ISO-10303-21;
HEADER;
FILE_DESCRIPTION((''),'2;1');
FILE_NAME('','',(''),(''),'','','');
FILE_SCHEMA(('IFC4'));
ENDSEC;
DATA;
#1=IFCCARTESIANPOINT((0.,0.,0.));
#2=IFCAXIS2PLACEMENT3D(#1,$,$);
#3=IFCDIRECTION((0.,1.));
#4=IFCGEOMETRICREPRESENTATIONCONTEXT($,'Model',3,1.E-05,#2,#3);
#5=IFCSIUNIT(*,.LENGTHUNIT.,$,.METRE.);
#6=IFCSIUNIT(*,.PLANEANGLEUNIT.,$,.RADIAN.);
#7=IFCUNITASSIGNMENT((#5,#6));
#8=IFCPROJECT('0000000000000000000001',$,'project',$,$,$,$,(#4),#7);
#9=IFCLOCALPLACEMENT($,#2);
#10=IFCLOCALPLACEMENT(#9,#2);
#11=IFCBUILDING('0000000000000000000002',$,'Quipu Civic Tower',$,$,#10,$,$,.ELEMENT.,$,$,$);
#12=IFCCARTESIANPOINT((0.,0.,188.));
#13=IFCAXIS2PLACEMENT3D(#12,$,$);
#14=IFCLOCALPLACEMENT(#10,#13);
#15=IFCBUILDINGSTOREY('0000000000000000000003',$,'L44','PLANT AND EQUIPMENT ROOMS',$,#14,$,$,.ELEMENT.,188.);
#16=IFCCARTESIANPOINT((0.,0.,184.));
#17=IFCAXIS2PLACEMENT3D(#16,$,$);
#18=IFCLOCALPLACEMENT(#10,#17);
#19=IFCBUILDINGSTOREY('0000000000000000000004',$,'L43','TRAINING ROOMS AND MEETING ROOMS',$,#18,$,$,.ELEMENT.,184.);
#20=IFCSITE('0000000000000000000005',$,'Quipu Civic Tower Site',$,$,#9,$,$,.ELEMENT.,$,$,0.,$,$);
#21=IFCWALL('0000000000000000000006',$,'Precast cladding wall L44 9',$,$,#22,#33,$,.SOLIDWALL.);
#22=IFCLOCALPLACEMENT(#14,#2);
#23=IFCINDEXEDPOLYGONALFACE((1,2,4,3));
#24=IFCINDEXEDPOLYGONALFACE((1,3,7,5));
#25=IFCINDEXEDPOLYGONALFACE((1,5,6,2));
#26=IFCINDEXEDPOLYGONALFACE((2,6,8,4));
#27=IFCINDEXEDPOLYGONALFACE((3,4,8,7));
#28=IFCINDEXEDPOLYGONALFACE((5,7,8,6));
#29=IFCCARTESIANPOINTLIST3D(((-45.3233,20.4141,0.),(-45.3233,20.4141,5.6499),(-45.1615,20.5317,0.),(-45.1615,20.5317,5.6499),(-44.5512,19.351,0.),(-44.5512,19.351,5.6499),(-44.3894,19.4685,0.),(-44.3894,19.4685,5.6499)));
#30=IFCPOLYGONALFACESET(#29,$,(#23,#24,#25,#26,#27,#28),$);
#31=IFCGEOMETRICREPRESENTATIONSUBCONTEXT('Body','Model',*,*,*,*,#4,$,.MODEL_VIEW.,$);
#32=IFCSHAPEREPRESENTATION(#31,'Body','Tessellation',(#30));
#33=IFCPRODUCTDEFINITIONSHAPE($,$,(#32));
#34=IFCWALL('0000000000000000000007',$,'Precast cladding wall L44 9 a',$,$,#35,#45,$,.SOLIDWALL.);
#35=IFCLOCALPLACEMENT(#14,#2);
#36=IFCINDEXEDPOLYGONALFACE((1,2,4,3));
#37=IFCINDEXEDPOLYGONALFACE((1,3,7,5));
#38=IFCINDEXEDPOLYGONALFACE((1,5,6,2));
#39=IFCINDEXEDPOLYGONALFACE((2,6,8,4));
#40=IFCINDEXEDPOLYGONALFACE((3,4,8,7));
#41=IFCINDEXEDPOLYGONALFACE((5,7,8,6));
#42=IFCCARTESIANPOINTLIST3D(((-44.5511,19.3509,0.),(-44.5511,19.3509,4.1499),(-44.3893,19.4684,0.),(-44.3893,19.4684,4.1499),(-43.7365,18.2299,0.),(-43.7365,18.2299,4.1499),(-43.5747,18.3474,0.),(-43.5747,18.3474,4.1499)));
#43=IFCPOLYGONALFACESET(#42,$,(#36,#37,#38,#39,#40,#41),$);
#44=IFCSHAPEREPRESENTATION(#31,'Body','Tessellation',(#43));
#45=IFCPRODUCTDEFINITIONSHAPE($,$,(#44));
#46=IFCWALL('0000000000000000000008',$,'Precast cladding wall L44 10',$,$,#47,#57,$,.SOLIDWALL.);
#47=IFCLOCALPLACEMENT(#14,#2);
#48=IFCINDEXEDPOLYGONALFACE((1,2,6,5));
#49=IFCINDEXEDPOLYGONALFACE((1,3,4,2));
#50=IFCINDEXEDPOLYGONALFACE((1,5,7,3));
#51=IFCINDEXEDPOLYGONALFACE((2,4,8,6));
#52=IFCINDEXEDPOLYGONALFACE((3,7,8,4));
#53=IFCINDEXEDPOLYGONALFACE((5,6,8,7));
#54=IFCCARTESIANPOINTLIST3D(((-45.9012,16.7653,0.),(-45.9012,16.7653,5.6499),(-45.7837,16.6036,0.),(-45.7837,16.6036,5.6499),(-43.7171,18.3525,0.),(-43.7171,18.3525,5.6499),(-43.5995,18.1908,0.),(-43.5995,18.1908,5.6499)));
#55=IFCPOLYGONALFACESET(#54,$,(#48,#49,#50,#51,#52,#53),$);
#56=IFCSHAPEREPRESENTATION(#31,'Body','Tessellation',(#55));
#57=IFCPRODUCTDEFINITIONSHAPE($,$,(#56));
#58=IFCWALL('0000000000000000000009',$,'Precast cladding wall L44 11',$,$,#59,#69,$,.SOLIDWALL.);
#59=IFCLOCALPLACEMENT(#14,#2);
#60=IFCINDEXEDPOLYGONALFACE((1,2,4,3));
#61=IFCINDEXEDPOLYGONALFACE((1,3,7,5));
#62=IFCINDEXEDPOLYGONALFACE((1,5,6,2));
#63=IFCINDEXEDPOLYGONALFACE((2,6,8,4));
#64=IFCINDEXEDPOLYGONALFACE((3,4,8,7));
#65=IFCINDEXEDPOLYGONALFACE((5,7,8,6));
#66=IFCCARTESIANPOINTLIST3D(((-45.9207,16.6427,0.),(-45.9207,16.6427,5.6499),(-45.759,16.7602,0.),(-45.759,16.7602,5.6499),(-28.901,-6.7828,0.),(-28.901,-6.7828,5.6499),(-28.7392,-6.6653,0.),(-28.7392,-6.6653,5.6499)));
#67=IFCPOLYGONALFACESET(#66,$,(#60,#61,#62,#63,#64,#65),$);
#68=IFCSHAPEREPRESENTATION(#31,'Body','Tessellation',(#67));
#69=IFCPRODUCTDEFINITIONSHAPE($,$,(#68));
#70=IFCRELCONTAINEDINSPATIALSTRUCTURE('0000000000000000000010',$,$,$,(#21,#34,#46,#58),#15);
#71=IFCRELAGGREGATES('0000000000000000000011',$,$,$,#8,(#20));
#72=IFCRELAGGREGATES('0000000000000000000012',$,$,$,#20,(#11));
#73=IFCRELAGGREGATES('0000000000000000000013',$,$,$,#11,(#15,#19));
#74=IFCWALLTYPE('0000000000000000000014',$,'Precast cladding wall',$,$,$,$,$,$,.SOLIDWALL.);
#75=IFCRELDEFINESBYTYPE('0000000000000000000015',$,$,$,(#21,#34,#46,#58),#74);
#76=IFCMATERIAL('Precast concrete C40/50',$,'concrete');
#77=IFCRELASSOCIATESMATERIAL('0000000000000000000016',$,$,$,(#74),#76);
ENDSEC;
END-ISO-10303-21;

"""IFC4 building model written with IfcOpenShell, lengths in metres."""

from ifc_helpers import new_model, si_unit, direction, frame, frame_2d, origin, place, context, subcontext, project, spatial, rectangle, extrude, material, type_object, element, save


model = new_model("IFC4")

# Units and contexts
model_context = context("Model", 3, precision=1e-05, world=origin(), true_north=direction((0.0, 1.0)))
body_context = subcontext(model_context, "Body", "Model", "MODEL_VIEW")
ifc_project = project(units=[si_unit("LENGTHUNIT", "METRE"), si_unit("PLANEANGLEUNIT", "RADIAN")], contexts=[model_context])

# Site, building, storey
site_placement = place(None, origin())
site = spatial("IfcSite", under=ifc_project, at=site_placement, Name="Quipu Civic Tower Site", CompositionType="ELEMENT", RefElevation=0.0)
building_placement = place(site_placement, origin())
building = spatial("IfcBuilding", under=site, at=building_placement, Name="Quipu Civic Tower", CompositionType="ELEMENT")
storey_1_placement = place(building_placement, frame((0.0, 0.0, 188.0)))
storey_1 = spatial("IfcBuildingStorey", under=building, at=storey_1_placement, Name="L44", Description="PLANT AND EQUIPMENT ROOMS", CompositionType="ELEMENT", Elevation=188.0)

# Shared definitions
storey_2_placement = place(building_placement, frame((0.0, 0.0, 184.0)))
storey_2 = spatial("IfcBuildingStorey", under=building, at=storey_2_placement, Name="L43", Description="TRAINING ROOMS AND MEETING ROOMS", CompositionType="ELEMENT", Elevation=184.0)

# Walls
ifc_material_1 = material(Name="Precast concrete C40/50", Category="concrete")
wall_type_1 = type_object("IfcWallType", Name="Precast cladding wall", PredefinedType="SOLIDWALL", material=ifc_material_1)
wall_1_placement = place(storey_1_placement, frame((-45.2424, 20.4729, 0.0), z_axis=(0.0, 0.0, 1.0), x_axis=(0.587652, -0.809114, 0.0)))
element("IfcWall", 1, at=wall_1_placement, inside=storey_1, type_object=wall_type_1, Name="Precast cladding wall L44 9", PredefinedType="SOLIDWALL", context=body_context, shape_type="SweptSolid", body=[
    extrude(rectangle(XDim=1.314, YDim=0.2, at=frame_2d((0.657, 0.0))), origin(), (0.0, 0.0, 1.0), 5.6499),
])
wall_2_placement = place(storey_1_placement, frame((-44.4702, 19.4097, 0.0), z_axis=(0.0, 0.0, 1.0), x_axis=(0.587868, -0.808957, 0.0)))
element("IfcWall", 2, at=wall_2_placement, inside=storey_1, type_object=wall_type_1, Name="Precast cladding wall L44 9 a", PredefinedType="SOLIDWALL", context=body_context, shape_type="SweptSolid", body=[
    extrude(rectangle(XDim=1.3857, YDim=0.2, at=frame_2d((0.6929, 0.0))), origin(), (0.0, 0.0, 1.0), 4.1499),
])
wall_3_placement = place(storey_1_placement, frame((-43.6582, 18.2717, 0.0), z_axis=(0.0, 0.0, 1.0), x_axis=(-0.808959, -0.587865, 0.0)))
element("IfcWall", 3, at=wall_3_placement, inside=storey_1, type_object=wall_type_1, Name="Precast cladding wall L44 10", PredefinedType="SOLIDWALL", context=body_context, shape_type="SweptSolid", body=[
    extrude(rectangle(XDim=2.7, YDim=0.2, at=frame_2d((1.3501, 0.0))), origin(), (0.0, 0.0, 1.0), 5.6499),
])
wall_4_placement = place(storey_1_placement, frame((-45.8398, 16.7014, 0.0), z_axis=(0.0, 0.0, 1.0), x_axis=(0.587788, -0.809015, 0.0)))
element("IfcWall", 4, at=wall_4_placement, inside=storey_1, type_object=wall_type_1, Name="Precast cladding wall L44 11", PredefinedType="SOLIDWALL", context=body_context, shape_type="SweptSolid", body=[
    extrude(rectangle(XDim=28.9556, YDim=0.2, at=frame_2d((14.4778, 0.0))), origin(), (0.0, 0.0, 1.0), 5.6499),
])

save(model, "model.ifc")
